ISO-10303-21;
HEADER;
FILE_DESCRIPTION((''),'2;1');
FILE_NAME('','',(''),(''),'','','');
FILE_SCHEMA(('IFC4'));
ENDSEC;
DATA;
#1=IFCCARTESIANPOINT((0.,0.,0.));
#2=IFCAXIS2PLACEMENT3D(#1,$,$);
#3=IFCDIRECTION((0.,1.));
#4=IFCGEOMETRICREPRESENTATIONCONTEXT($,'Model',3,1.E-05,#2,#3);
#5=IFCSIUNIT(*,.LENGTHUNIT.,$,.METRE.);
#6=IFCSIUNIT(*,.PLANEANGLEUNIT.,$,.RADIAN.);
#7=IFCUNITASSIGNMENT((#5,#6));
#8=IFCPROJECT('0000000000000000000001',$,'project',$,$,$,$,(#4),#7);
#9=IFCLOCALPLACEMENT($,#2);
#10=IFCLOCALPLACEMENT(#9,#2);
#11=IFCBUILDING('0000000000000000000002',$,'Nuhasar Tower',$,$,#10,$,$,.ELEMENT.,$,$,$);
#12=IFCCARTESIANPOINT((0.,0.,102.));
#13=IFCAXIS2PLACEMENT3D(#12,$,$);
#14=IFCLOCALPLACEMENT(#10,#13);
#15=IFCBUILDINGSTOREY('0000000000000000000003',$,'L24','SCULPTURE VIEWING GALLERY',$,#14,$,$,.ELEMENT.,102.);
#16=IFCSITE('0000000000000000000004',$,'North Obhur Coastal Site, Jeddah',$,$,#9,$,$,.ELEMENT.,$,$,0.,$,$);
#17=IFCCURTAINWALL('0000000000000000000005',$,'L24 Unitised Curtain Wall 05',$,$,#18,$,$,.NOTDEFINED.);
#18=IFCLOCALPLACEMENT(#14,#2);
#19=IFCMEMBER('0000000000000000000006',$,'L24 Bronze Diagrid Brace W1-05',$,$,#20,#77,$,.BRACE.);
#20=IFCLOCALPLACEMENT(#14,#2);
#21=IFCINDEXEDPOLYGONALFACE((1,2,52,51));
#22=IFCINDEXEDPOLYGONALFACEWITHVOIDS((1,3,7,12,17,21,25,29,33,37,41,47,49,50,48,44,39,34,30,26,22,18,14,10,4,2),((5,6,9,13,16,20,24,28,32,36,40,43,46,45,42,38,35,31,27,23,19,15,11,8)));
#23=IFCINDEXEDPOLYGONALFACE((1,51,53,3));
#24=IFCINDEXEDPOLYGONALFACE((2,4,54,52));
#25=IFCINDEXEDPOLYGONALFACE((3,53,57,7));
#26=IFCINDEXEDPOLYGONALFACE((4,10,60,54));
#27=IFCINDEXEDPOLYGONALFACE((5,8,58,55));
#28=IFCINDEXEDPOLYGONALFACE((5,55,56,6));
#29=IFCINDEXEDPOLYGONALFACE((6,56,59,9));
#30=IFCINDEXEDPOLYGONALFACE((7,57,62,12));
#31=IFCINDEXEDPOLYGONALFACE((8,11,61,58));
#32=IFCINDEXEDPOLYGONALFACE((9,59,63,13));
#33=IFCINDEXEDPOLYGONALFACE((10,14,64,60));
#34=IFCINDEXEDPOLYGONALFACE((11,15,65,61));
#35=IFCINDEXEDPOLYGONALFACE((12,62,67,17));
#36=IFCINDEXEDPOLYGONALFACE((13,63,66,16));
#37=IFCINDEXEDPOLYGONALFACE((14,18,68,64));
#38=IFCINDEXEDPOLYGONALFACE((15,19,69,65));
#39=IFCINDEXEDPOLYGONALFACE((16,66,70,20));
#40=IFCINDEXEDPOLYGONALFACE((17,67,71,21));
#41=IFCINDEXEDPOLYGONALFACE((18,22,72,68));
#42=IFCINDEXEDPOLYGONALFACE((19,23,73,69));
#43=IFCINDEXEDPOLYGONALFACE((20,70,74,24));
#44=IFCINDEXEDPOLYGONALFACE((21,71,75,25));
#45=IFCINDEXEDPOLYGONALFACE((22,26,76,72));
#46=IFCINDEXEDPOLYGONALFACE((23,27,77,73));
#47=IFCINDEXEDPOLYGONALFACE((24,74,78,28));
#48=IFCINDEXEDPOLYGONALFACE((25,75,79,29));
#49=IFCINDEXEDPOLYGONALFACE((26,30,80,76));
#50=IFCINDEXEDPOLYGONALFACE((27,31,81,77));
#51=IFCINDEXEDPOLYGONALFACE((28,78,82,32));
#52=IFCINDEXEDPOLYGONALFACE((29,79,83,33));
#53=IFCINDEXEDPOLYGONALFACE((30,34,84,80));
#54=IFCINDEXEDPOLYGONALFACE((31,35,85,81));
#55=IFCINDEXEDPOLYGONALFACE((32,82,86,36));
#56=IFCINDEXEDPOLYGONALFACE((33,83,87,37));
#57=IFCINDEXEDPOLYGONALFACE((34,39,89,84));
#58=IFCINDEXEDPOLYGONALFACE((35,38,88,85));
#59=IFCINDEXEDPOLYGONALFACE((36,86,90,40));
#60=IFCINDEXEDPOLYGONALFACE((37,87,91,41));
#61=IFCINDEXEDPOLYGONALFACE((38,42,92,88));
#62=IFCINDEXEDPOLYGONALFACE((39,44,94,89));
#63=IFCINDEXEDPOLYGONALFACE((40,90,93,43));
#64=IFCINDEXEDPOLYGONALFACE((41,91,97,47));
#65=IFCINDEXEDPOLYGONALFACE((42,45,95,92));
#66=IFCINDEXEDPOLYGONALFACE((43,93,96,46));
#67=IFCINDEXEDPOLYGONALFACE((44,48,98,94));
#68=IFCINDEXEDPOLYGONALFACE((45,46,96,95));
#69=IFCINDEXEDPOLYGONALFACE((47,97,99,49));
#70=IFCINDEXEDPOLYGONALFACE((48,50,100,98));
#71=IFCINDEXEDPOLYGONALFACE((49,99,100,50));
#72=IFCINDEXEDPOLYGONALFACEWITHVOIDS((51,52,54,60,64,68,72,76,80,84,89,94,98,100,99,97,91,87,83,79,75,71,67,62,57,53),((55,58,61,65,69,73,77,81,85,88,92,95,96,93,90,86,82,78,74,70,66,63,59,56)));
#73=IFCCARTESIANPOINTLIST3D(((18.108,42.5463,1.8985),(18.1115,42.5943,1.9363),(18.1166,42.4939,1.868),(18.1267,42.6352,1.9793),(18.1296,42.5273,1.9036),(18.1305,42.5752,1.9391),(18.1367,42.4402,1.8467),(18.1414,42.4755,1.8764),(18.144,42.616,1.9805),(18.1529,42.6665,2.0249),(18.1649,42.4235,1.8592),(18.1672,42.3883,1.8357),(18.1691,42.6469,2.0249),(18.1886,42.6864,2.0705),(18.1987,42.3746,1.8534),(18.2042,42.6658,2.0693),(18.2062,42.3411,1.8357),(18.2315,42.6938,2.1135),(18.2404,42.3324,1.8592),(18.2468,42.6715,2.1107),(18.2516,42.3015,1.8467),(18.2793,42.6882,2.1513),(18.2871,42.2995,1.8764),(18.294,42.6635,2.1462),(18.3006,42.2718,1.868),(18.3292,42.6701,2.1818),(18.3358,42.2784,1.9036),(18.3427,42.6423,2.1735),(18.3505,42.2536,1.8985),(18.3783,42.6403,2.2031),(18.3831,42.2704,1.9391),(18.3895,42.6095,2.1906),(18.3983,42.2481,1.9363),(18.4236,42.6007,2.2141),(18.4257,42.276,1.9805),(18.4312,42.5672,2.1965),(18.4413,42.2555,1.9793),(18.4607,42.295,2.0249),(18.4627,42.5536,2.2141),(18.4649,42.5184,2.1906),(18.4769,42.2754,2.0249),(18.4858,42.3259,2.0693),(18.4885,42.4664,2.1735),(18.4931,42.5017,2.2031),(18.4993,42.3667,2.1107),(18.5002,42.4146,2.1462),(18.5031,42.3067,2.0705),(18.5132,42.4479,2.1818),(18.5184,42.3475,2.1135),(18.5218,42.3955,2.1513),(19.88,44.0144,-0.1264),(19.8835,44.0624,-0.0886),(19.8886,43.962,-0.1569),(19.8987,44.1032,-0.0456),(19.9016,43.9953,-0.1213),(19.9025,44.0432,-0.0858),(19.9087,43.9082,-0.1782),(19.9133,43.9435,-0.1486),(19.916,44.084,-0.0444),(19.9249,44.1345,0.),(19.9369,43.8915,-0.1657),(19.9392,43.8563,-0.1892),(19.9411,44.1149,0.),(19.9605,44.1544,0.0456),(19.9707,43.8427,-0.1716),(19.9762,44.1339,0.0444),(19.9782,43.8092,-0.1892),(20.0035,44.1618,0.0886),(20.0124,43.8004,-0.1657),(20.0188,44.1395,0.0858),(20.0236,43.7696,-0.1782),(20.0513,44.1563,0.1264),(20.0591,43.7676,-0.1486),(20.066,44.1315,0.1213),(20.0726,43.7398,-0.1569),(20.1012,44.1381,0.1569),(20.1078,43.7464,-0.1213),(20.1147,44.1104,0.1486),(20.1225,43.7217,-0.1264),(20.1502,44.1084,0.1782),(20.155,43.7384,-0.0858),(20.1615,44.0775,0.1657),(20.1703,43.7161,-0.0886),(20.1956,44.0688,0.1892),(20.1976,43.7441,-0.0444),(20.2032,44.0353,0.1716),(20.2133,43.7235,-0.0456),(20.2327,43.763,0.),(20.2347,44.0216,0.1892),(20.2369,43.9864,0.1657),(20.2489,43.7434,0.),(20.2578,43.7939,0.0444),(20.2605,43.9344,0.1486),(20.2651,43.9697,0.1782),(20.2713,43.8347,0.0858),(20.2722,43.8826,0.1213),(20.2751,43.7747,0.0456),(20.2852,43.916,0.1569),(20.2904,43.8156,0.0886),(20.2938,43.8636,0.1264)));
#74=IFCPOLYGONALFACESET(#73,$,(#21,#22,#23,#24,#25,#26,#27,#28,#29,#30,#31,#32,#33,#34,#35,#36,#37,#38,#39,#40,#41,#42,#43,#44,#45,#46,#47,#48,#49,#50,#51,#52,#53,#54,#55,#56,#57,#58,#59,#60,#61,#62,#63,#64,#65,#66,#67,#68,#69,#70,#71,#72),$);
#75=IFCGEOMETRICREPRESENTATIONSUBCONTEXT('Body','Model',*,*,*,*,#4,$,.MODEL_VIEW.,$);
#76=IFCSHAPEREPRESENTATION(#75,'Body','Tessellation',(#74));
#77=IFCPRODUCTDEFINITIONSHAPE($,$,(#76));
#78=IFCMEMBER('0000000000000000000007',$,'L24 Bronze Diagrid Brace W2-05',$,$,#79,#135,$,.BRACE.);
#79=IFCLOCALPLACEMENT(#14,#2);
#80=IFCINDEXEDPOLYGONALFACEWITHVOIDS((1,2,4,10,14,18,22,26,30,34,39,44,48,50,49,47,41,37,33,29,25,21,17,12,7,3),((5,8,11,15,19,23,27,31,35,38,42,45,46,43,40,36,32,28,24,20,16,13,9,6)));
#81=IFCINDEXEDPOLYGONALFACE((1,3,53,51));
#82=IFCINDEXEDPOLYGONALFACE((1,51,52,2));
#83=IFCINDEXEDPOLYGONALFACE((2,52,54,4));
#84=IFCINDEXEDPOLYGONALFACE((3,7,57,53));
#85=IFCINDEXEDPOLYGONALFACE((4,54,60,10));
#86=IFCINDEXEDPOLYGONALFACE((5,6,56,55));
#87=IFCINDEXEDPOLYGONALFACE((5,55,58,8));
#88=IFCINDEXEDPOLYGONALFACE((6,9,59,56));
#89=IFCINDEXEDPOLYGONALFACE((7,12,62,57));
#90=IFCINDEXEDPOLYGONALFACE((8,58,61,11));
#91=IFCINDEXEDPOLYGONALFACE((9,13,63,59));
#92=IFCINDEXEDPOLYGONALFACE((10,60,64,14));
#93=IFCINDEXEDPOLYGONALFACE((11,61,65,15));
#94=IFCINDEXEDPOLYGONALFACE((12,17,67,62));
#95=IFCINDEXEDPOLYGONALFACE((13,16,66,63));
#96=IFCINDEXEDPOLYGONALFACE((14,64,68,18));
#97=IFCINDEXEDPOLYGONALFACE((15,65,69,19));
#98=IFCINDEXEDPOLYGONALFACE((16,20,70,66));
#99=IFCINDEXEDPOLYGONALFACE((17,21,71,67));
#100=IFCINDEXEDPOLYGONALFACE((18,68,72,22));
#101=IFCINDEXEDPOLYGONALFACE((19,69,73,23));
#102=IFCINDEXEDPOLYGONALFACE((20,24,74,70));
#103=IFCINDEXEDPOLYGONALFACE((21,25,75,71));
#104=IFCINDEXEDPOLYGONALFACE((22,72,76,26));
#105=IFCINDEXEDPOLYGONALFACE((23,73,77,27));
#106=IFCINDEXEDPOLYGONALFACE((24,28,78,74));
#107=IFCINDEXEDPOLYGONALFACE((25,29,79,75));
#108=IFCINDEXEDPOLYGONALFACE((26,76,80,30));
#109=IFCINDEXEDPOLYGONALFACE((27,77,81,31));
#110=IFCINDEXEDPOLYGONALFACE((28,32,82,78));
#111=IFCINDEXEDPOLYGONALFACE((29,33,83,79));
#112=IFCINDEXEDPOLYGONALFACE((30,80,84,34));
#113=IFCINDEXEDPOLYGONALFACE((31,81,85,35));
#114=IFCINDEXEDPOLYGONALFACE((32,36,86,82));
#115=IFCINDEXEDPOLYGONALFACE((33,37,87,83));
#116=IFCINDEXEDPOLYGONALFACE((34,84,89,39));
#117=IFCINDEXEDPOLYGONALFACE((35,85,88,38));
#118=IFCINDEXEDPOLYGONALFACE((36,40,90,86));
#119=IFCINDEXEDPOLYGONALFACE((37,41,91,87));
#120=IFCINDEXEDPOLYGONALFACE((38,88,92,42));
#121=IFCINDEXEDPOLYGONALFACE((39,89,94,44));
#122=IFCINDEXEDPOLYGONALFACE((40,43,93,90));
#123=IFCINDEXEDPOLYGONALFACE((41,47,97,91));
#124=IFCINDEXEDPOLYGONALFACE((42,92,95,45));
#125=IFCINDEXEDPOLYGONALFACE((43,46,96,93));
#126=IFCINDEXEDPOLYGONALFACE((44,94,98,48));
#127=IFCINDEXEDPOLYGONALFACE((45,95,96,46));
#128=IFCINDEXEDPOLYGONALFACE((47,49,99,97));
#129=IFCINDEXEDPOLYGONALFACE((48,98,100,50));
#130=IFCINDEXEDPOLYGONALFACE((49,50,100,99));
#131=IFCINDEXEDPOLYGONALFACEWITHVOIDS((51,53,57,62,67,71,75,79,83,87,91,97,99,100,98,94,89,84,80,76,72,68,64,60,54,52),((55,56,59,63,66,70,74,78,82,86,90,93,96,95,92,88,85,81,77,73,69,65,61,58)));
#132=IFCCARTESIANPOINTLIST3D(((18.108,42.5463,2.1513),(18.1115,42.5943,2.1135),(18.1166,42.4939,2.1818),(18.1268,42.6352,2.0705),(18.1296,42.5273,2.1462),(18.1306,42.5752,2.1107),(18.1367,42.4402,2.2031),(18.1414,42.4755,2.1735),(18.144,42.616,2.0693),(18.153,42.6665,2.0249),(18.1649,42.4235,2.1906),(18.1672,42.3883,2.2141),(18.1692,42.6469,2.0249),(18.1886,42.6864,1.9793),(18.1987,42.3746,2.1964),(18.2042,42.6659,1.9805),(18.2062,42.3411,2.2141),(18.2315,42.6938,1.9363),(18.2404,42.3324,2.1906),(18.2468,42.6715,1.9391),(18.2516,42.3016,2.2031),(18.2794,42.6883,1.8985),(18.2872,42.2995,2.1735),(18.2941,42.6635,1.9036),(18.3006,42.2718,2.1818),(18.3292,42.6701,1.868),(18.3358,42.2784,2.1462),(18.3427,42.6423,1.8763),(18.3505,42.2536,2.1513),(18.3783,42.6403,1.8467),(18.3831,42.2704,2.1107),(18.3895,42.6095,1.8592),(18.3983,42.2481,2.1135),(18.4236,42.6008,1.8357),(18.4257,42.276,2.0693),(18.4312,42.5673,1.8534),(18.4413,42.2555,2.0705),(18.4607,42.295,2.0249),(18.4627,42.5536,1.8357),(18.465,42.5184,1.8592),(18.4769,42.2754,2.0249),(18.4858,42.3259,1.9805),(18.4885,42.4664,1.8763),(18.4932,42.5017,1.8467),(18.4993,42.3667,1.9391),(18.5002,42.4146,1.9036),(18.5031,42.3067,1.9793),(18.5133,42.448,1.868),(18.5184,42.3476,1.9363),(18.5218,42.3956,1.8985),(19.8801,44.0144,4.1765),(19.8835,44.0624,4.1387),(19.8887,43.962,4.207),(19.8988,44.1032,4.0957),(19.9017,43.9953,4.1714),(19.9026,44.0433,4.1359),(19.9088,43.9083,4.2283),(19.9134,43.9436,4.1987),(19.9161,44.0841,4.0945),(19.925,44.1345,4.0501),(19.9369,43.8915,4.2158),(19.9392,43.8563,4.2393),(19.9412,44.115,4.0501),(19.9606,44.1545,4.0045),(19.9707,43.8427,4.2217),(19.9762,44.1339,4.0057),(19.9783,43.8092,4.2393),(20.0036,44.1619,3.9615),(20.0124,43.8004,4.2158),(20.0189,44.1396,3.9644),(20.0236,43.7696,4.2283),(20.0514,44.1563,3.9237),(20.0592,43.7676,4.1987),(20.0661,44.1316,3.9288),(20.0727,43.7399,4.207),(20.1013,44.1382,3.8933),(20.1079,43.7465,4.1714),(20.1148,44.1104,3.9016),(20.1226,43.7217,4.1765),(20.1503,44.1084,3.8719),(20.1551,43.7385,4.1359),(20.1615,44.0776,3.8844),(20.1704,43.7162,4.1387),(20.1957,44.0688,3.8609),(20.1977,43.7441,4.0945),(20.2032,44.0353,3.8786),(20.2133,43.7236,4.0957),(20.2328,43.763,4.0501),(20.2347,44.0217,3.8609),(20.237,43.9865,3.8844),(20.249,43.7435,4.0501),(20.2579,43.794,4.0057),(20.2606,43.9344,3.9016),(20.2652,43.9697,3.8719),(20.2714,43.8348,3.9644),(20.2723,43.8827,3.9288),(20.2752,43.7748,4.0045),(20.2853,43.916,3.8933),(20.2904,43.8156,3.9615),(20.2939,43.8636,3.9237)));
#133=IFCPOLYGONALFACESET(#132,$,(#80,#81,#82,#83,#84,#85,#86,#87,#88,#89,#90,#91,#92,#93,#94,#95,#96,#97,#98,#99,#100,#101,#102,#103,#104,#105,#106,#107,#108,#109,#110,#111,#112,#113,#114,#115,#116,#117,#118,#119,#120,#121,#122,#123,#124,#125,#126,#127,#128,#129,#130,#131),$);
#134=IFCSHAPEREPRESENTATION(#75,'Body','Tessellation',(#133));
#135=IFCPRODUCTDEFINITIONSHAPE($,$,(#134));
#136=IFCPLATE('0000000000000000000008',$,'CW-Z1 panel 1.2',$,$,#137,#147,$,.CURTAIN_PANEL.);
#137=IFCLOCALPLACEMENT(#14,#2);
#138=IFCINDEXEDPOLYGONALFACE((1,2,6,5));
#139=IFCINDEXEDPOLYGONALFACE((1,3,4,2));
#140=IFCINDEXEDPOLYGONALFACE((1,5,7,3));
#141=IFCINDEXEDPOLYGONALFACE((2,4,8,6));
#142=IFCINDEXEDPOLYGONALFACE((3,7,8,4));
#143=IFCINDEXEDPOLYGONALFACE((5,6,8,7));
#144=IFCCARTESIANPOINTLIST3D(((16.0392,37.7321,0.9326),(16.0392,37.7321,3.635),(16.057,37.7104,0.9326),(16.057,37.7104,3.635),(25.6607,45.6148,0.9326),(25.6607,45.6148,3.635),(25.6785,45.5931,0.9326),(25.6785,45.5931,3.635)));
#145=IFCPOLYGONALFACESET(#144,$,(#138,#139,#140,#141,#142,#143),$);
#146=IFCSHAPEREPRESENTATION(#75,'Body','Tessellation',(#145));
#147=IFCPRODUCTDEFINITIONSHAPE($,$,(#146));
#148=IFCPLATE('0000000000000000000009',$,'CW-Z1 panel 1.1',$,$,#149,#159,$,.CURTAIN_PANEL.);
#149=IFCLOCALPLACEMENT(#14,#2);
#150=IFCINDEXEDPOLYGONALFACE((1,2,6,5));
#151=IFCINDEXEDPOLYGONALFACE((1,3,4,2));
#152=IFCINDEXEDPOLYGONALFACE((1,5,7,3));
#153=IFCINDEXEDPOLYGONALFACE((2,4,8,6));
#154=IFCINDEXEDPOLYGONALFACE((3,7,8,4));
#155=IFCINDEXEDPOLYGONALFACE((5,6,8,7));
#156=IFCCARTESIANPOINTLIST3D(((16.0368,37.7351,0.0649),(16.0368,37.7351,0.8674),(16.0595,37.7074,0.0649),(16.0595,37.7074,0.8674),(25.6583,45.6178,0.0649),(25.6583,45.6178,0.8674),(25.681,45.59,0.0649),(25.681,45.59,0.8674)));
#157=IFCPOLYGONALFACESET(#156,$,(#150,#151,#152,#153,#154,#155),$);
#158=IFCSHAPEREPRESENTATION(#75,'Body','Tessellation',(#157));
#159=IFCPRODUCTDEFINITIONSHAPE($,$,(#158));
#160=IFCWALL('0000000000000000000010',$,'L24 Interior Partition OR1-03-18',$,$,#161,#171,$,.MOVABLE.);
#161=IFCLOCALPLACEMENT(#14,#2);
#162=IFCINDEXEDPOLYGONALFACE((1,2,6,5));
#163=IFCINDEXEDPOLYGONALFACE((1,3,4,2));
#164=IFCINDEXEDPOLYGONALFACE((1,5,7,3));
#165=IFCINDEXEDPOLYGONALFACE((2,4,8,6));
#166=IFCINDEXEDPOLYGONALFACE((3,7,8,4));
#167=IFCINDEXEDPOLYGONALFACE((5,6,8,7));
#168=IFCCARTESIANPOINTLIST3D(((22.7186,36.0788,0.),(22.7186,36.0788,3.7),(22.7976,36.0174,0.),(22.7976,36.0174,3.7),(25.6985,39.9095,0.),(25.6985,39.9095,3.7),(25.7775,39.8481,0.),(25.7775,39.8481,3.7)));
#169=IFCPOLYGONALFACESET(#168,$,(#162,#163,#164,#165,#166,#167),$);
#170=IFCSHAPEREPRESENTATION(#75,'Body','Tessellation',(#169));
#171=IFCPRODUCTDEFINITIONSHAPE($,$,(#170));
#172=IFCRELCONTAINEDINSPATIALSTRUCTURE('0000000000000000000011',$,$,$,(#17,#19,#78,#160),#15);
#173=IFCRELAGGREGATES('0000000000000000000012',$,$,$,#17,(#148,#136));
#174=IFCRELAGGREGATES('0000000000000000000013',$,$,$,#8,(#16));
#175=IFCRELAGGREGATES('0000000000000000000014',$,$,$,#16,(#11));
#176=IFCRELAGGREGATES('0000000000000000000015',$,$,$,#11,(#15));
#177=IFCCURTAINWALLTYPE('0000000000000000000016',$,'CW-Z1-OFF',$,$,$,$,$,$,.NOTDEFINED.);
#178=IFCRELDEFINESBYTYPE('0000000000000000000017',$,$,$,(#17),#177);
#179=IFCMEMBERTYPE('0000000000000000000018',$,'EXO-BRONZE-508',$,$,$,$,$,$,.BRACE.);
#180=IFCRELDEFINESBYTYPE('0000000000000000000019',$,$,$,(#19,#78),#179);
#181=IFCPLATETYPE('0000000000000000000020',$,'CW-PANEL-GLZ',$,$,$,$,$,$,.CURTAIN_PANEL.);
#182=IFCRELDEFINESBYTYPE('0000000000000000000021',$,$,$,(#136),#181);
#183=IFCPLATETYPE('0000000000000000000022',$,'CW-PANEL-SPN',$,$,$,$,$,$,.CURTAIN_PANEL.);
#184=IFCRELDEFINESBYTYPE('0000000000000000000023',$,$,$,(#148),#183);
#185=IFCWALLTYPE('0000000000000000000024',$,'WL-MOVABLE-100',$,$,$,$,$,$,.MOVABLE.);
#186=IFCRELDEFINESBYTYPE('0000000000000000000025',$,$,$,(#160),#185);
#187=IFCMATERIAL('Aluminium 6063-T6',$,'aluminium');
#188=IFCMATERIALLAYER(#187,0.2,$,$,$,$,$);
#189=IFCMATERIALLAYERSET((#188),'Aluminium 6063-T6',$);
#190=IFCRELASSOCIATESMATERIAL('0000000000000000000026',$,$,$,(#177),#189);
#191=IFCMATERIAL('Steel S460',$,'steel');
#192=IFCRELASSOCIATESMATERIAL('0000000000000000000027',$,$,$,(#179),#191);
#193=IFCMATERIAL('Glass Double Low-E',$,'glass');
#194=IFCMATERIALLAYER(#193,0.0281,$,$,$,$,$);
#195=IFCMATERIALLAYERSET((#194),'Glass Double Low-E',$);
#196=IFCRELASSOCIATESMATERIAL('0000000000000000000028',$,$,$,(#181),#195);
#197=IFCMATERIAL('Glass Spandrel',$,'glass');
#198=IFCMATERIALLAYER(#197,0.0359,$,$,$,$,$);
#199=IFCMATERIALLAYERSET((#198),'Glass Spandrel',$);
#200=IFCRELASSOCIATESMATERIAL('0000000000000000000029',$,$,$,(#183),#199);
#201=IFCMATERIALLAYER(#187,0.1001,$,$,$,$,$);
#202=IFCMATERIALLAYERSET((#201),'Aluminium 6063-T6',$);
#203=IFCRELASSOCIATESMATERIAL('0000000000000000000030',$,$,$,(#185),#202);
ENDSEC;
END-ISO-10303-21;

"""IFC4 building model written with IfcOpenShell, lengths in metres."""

from ifc_helpers import new_model, si_unit, direction, frame, frame_2d, origin, origin_2d, place, context, subcontext, project, spatial, rectangle, hollow_circle, extrude, material, layer, layer_set, material_profile, profile_set, type_object, element, aggregate, save


model = new_model("IFC4")

# Units and contexts
model_context = context("Model", 3, precision=1e-05, world=origin(), true_north=direction((0.0, 1.0)))
body_context = subcontext(model_context, "Body", "Model", "MODEL_VIEW")
ifc_project = project(units=[si_unit("LENGTHUNIT", "METRE"), si_unit("PLANEANGLEUNIT", "RADIAN")], contexts=[model_context])

# Site, building, storey
site_placement = place(None, origin())
site = spatial("IfcSite", under=ifc_project, at=site_placement, Name="North Obhur Coastal Site, Jeddah", CompositionType="ELEMENT", RefElevation=0.0)
building_placement = place(site_placement, origin())
building = spatial("IfcBuilding", under=site, at=building_placement, Name="Nuhasar Tower", CompositionType="ELEMENT")
storey_placement = place(building_placement, frame((0.0, 0.0, 102.0)))
storey = spatial("IfcBuildingStorey", under=building, at=storey_placement, Name="L24", Description="SCULPTURE VIEWING GALLERY", CompositionType="ELEMENT", Elevation=102.0)

# Shared definitions
ifc_material_1 = material(Name="Aluminium 6063-T6", Category="aluminium")
ifc_layer_1 = layer(ifc_material_1, 0.2)
ifc_layer_set_1 = layer_set([ifc_layer_1], Name="Aluminium 6063-T6")
curtain_wall_type = type_object("IfcCurtainWallType", Name="CW-Z1-OFF", PredefinedType="NOTDEFINED", material=ifc_layer_set_1)

# Curtain wall
curtain_wall_1_placement = place(storey_placement, origin())
curtain_wall_1 = element("IfcCurtainWall", 1, at=curtain_wall_1_placement, inside=storey, type_object=curtain_wall_type, Name="L24 Unitised Curtain Wall 05", PredefinedType="NOTDEFINED")

# Members
ifc_material_2 = material(Name="Steel S460", Category="steel")
ifc_material_profile_1 = material_profile(ifc_material_2, hollow_circle(Radius=0.2539, WallThickness=0.0254, at=origin_2d()), Name="HSS508X25.4")
ifc_profile_set_1 = profile_set([ifc_material_profile_1], Name="Steel S460")
member_type_1 = type_object("IfcMemberType", Name="EXO-BRONZE-508", PredefinedType="BRACE", material=ifc_profile_set_1)
member_1_placement = place(storey_placement, frame((20.0869, 43.939, 0.0), z_axis=(-0.578102, -0.478937, 0.660619), x_axis=(0.637969, -0.770062, 0.0)))
element("IfcMember", 2, at=member_1_placement, inside=storey, type_object=member_type_1, Name="L24 Bronze Diagrid Brace W1-05", PredefinedType="BRACE", context=body_context, shape_type="SweptSolid", body=[
    extrude(hollow_circle(Radius=0.2539, WallThickness=0.0254, at=origin_2d()), origin(), (0.0, 0.0, 1.0), 3.0652),
])
member_2_placement = place(storey_placement, frame((18.3149, 42.4709, 2.0249), z_axis=(0.578071, 0.478912, 0.660664), x_axis=(-0.637969, 0.770062, 0.0)))
element("IfcMember", 3, at=member_2_placement, inside=storey, type_object=member_type_1, Name="L24 Bronze Diagrid Brace W2-05", PredefinedType="BRACE", context=body_context, shape_type="SweptSolid", body=[
    extrude(hollow_circle(Radius=0.2539, WallThickness=0.0254, at=origin_2d()), origin(), (0.0, 0.0, 1.0), 3.0654),
])

# Plates
ifc_material_3 = material(Name="Glass Double Low-E", Category="glass")
ifc_layer_2 = layer(ifc_material_3, 0.0281)
ifc_layer_set_2 = layer_set([ifc_layer_2], Name="Glass Double Low-E")
plate_type_1 = type_object("IfcPlateType", Name="CW-PANEL-GLZ", PredefinedType="CURTAIN_PANEL", material=ifc_layer_set_2)
plate_1_placement = place(storey_placement, frame((20.8589, 41.6626, 0.9326), z_axis=(0.0, 0.0, 1.0), x_axis=(-0.773542, -0.633745, 0.0)))
plate_1 = element("IfcPlate", 4, at=plate_1_placement, type_object=plate_type_1, Name="CW-Z1 panel 1.2", PredefinedType="CURTAIN_PANEL", context=body_context, shape_type="SweptSolid", body=[
    extrude(rectangle(XDim=12.4382, YDim=0.0281, at=origin_2d()), origin(), (0.0, 0.0, 1.0), 2.7024),
])
ifc_material_4 = material(Name="Glass Spandrel", Category="glass")
ifc_layer_3 = layer(ifc_material_4, 0.0359)
ifc_layer_set_3 = layer_set([ifc_layer_3], Name="Glass Spandrel")
plate_type_2 = type_object("IfcPlateType", Name="CW-PANEL-SPN", PredefinedType="CURTAIN_PANEL", material=ifc_layer_set_3)
plate_2_placement = place(storey_placement, frame((20.8589, 41.6626, 0.0649), z_axis=(0.0, 0.0, 1.0), x_axis=(-0.773542, -0.633745, 0.0)))
plate_2 = element("IfcPlate", 5, at=plate_2_placement, type_object=plate_type_2, Name="CW-Z1 panel 1.1", PredefinedType="CURTAIN_PANEL", context=body_context, shape_type="SweptSolid", body=[
    extrude(rectangle(XDim=12.4382, YDim=0.0359, at=origin_2d()), origin(), (0.0, 0.0, 1.0), 0.8025),
])
aggregate(curtain_wall_1, [plate_2, plate_1])

# Wall
ifc_layer_4 = layer(ifc_material_1, 0.1001)
ifc_layer_set_4 = layer_set([ifc_layer_4], Name="Aluminium 6063-T6")
wall_type_1 = type_object("IfcWallType", Name="WL-MOVABLE-100", PredefinedType="MOVABLE", material=ifc_layer_set_4)
wall_1_placement = place(storey_placement, frame((25.738, 39.8789, 0.0), z_axis=(0.0, 0.0, 1.0), x_axis=(-0.614, -0.789306, 0.0)))
element("IfcWall", 6, at=wall_1_placement, inside=storey, type_object=wall_type_1, Name="L24 Interior Partition OR1-03-18", PredefinedType="MOVABLE", context=body_context, shape_type="SweptSolid", body=[
    extrude(rectangle(XDim=4.8533, YDim=0.1001, at=frame_2d((2.4268, 0.0))), origin(), (0.0, 0.0, 1.0), 3.7),
])

save(model, "model.ifc")
